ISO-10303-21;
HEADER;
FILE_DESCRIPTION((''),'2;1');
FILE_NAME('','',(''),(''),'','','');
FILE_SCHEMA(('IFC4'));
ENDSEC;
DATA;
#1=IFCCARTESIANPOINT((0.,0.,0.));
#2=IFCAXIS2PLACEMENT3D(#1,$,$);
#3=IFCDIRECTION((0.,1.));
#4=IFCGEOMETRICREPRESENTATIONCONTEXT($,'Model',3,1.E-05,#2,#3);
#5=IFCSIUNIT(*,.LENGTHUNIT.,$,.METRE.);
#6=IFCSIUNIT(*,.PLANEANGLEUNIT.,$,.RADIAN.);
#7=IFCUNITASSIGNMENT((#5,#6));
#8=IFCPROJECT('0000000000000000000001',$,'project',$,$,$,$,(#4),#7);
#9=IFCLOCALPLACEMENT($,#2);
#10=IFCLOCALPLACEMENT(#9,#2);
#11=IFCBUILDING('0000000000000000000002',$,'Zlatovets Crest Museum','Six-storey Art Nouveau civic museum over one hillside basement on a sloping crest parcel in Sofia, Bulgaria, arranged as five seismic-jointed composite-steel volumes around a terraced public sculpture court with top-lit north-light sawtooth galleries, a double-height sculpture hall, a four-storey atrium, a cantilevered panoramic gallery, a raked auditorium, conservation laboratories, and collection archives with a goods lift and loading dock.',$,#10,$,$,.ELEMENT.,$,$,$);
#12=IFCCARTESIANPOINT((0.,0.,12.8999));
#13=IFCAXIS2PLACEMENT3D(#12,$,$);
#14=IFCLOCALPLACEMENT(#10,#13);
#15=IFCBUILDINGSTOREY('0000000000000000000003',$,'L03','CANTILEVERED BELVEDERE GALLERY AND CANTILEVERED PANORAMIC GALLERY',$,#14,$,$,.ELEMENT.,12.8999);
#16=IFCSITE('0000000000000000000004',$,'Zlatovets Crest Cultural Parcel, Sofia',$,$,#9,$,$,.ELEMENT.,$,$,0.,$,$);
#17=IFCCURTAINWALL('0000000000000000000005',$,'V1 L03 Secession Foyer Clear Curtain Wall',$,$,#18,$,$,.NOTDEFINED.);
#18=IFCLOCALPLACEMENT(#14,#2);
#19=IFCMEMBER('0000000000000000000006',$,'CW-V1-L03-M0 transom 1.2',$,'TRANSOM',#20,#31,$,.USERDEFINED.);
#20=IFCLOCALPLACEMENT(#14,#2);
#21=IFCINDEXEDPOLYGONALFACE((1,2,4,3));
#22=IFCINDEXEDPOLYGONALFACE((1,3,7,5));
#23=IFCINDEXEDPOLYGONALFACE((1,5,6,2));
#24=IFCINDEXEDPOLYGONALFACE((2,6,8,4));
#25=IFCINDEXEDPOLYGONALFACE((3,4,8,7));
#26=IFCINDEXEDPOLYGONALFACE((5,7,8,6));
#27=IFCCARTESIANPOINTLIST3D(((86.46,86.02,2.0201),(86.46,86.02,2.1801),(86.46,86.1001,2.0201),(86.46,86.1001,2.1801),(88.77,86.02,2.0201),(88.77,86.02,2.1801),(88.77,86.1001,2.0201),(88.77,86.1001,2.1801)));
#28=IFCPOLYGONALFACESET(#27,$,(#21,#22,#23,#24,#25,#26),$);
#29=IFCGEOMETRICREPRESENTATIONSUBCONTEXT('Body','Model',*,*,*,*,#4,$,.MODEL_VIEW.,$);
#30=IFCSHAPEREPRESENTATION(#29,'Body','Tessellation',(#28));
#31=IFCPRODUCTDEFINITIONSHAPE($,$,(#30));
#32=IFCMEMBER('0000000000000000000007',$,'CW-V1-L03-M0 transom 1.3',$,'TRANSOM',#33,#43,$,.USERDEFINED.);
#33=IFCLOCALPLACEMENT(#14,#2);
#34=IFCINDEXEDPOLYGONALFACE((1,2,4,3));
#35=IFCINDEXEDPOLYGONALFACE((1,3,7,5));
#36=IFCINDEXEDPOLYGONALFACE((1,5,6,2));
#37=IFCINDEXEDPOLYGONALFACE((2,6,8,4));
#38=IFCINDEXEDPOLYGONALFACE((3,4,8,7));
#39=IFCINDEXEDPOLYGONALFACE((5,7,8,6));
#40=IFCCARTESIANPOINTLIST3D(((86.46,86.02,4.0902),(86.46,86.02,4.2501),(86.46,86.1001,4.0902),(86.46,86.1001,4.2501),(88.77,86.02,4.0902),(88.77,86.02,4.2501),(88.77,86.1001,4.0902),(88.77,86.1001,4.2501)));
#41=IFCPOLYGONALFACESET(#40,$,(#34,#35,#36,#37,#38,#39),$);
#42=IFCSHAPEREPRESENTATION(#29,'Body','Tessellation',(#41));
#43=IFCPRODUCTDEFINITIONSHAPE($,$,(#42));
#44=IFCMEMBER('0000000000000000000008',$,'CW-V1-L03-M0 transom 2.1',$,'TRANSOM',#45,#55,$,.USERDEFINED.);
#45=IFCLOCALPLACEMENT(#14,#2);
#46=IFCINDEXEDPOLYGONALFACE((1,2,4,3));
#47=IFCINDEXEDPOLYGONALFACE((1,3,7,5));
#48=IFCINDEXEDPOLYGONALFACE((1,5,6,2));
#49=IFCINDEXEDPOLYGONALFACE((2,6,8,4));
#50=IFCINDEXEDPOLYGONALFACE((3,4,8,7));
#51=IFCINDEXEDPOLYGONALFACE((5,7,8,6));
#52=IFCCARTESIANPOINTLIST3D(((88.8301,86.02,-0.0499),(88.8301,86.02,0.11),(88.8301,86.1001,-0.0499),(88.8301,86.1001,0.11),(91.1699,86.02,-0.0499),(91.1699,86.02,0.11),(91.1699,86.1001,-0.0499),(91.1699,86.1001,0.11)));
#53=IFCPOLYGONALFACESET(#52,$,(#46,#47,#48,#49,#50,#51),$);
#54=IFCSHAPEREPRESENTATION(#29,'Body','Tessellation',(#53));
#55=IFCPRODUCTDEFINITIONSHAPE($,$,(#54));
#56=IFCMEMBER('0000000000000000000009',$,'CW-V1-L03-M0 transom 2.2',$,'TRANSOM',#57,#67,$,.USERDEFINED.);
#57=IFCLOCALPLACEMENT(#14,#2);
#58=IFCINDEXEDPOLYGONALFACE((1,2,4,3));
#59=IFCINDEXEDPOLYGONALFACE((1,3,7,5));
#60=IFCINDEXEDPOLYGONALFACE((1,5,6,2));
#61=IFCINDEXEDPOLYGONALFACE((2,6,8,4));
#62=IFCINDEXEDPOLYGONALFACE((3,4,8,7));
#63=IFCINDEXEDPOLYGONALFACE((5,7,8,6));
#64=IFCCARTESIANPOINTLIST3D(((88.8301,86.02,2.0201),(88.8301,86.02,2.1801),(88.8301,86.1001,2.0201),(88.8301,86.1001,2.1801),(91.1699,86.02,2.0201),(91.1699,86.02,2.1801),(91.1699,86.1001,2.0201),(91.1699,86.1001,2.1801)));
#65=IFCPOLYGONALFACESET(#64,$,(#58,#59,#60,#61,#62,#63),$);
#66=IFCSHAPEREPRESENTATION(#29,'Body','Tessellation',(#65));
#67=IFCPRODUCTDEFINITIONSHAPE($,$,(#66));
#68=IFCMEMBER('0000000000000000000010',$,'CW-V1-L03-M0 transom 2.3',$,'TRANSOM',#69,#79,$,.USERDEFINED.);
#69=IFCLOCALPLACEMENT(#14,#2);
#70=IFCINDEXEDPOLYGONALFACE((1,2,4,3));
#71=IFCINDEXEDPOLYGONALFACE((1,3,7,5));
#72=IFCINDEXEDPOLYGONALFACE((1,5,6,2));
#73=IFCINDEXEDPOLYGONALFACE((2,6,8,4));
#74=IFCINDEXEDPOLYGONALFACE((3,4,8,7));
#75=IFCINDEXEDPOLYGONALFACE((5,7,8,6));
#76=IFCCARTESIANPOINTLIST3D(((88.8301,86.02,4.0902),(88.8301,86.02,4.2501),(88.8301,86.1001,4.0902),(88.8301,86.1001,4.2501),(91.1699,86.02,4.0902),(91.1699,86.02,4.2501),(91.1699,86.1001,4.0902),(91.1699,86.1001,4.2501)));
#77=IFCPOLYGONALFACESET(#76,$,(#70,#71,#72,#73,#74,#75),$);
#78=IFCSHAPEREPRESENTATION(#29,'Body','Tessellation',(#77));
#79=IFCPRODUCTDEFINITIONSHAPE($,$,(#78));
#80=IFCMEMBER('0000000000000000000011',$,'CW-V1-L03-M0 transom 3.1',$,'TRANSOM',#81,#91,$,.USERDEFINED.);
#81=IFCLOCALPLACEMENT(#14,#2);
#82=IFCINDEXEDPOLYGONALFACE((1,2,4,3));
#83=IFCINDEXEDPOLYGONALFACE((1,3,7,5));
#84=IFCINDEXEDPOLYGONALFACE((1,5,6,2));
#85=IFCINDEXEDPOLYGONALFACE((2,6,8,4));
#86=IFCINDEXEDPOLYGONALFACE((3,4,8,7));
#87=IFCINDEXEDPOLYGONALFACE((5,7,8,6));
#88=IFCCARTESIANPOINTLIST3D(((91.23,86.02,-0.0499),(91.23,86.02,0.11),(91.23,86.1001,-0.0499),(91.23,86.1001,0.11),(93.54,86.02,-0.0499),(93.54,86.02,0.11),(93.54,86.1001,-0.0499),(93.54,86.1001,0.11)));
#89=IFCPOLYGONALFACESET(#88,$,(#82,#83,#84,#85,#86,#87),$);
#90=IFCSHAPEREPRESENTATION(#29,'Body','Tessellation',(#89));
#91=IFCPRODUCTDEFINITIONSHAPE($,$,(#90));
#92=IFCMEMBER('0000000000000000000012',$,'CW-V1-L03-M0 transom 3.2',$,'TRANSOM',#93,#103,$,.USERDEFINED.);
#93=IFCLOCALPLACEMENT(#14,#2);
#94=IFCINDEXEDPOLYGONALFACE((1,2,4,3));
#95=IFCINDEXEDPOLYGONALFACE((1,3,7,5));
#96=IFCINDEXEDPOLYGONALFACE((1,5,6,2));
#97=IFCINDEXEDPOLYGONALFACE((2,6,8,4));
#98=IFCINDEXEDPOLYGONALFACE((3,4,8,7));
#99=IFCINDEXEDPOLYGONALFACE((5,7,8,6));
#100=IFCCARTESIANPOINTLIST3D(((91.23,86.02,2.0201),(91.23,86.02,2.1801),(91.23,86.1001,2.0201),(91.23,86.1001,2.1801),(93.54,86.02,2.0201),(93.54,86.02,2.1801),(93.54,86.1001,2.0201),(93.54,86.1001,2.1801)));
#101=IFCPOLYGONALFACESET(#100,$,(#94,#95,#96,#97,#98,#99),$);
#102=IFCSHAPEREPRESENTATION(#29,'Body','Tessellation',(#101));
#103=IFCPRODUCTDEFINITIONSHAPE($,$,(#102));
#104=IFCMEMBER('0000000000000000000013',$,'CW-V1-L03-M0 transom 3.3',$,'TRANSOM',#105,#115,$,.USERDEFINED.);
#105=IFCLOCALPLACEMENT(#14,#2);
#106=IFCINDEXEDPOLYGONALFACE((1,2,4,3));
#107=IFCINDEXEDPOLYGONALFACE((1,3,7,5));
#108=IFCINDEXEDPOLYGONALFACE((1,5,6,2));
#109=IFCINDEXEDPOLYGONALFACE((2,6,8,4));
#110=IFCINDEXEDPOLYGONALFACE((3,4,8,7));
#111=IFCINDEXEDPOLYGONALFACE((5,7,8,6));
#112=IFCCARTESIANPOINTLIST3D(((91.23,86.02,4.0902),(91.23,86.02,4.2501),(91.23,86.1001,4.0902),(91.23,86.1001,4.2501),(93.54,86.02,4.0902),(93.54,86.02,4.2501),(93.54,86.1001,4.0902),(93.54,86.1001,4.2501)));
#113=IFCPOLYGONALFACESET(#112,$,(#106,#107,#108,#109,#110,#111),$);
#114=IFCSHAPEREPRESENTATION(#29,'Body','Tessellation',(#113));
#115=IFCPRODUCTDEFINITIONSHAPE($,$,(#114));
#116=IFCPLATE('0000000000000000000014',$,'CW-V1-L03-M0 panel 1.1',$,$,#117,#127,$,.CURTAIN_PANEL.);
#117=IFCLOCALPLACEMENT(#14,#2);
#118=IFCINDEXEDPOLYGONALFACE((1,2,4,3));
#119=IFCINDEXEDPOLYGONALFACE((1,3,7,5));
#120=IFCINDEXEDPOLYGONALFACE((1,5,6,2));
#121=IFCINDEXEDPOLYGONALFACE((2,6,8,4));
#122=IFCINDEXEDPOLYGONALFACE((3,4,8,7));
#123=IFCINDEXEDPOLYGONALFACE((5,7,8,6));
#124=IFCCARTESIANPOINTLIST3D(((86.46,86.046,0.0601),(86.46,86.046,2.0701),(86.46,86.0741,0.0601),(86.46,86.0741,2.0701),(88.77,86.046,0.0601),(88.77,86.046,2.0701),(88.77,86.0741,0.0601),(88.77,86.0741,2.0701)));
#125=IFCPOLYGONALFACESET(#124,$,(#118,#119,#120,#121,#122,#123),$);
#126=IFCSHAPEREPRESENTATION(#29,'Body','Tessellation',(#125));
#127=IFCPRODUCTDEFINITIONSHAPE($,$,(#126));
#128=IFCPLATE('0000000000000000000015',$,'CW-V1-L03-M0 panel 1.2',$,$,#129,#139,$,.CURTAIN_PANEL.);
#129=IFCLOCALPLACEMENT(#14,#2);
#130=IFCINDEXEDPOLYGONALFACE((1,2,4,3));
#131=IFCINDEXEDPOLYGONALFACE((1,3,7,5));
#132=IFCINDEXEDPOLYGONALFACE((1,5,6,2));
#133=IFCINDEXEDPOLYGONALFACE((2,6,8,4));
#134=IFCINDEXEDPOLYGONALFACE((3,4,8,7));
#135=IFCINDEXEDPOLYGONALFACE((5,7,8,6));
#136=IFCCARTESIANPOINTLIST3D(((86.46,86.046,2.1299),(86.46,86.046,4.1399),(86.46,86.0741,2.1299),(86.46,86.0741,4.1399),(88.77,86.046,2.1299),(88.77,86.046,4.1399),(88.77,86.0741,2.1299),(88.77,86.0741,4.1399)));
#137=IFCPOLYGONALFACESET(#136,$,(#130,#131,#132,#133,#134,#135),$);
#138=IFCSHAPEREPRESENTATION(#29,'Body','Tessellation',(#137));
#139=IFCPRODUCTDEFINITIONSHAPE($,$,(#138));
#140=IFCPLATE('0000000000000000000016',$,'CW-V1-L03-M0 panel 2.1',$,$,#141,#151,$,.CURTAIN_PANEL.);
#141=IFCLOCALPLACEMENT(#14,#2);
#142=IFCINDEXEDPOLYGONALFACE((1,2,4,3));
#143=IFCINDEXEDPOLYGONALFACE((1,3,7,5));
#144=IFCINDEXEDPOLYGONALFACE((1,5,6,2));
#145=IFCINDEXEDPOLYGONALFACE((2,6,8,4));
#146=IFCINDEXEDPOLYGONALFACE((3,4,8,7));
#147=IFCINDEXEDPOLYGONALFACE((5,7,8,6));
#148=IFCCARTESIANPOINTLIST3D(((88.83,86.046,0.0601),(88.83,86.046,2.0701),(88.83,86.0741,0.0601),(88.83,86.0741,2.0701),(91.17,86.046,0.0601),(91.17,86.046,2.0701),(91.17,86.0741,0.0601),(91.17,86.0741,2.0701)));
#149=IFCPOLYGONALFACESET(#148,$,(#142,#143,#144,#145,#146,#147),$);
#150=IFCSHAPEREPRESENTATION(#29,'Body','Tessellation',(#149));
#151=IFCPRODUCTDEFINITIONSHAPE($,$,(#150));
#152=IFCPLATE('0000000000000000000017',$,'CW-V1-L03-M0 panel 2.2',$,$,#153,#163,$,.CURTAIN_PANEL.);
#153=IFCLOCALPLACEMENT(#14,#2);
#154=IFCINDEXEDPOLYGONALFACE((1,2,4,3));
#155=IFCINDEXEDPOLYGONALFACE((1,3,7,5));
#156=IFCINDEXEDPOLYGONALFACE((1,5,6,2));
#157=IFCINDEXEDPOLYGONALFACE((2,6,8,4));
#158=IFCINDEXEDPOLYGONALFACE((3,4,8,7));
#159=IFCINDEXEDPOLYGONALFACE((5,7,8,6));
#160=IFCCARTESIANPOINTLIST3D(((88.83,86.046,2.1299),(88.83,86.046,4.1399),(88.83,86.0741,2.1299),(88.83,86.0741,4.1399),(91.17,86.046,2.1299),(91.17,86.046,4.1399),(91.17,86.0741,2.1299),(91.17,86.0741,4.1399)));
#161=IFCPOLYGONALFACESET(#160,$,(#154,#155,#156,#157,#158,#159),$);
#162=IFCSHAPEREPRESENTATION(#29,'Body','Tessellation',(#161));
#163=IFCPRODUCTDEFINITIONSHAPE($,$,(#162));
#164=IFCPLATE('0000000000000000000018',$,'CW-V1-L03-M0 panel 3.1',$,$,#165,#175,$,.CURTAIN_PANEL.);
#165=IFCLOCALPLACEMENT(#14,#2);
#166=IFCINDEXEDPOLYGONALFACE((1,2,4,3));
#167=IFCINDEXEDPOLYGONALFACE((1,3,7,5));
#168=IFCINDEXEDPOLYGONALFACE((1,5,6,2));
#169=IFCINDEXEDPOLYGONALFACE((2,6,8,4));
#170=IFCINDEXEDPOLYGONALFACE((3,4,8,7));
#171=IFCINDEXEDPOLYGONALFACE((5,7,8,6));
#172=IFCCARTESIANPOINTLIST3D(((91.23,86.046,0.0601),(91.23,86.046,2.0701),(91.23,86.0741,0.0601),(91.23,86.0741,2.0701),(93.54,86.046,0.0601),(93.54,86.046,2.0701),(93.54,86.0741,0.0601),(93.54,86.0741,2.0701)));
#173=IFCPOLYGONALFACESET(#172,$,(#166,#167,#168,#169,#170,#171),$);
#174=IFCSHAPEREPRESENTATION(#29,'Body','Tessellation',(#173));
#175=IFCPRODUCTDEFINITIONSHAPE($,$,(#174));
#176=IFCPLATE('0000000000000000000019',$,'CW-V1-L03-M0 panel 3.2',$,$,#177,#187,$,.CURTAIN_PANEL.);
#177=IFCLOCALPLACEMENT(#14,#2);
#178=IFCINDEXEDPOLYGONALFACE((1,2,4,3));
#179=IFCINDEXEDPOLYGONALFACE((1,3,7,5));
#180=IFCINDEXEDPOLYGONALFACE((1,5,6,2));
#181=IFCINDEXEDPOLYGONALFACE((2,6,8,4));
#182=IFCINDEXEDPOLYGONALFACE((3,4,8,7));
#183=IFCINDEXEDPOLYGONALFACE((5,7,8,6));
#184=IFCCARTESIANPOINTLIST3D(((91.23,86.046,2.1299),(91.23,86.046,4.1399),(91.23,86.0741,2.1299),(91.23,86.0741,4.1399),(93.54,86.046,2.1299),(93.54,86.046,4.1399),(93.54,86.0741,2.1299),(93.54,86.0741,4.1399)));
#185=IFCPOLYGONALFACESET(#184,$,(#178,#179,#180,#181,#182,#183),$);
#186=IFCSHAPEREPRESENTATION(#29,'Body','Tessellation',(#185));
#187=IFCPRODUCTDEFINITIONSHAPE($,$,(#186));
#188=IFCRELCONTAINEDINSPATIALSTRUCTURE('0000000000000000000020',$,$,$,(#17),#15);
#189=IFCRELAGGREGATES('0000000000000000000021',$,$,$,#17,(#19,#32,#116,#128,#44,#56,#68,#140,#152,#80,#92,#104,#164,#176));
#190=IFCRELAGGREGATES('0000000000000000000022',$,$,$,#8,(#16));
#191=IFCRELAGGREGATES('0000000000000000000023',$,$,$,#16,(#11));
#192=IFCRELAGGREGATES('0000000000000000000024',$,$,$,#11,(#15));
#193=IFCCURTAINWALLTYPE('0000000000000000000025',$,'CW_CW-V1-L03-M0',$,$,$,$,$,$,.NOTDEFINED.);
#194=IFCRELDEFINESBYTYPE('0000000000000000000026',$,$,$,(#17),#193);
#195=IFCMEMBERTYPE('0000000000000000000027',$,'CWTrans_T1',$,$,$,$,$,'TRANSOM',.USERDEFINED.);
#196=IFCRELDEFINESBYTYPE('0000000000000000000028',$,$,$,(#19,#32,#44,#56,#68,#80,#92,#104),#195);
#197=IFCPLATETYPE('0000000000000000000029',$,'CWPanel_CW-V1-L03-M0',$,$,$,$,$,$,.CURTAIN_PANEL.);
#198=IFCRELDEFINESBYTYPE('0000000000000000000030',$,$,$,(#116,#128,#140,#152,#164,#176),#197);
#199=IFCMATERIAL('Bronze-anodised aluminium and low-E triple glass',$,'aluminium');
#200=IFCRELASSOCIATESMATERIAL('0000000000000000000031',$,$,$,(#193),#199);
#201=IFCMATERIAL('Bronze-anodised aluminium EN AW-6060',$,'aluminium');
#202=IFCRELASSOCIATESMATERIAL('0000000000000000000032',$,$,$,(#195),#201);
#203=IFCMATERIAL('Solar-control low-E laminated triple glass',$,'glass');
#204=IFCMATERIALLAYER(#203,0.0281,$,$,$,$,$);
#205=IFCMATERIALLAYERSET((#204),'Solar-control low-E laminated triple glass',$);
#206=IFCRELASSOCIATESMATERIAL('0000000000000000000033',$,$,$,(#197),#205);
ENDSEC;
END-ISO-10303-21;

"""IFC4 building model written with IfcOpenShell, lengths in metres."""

from ifc_helpers import new_model, si_unit, direction, frame, origin, origin_2d, place, context, subcontext, project, spatial, rectangle, extrude, material, layer, layer_set, material_profile, profile_set, type_object, element, aggregate, save


model = new_model("IFC4")

# Units and contexts
model_context = context("Model", 3, precision=1e-05, world=origin(), true_north=direction((0.0, 1.0)))
body_context = subcontext(model_context, "Body", "Model", "MODEL_VIEW")
ifc_project = project(units=[si_unit("LENGTHUNIT", "METRE"), si_unit("PLANEANGLEUNIT", "RADIAN")], contexts=[model_context])

# Site, building, storey
site_placement = place(None, origin())
site = spatial("IfcSite", under=ifc_project, at=site_placement, Name="Zlatovets Crest Cultural Parcel, Sofia", CompositionType="ELEMENT", RefElevation=0.0)
building_placement = place(site_placement, origin())
building = spatial("IfcBuilding", under=site, at=building_placement, Name="Zlatovets Crest Museum", Description="Six-storey Art Nouveau civic museum over one hillside basement on a sloping crest parcel in Sofia, Bulgaria, arranged as five seismic-jointed composite-steel volumes around a terraced public sculpture court with top-lit north-light sawtooth galleries, a double-height sculpture hall, a four-storey atrium, a cantilevered panoramic gallery, a raked auditorium, conservation laboratories, and collection archives with a goods lift and loading dock.", CompositionType="ELEMENT")
storey_placement = place(building_placement, frame((0.0, 0.0, 12.8999)))
storey = spatial("IfcBuildingStorey", under=building, at=storey_placement, Name="L03", Description="CANTILEVERED BELVEDERE GALLERY AND CANTILEVERED PANORAMIC GALLERY", CompositionType="ELEMENT", Elevation=12.8999)

# Curtain wall, members, plates
ifc_material_1 = material(Name="Bronze-anodised aluminium and low-E triple glass", Category="aluminium")
curtain_wall_type = type_object("IfcCurtainWallType", Name="CW_CW-V1-L03-M0", PredefinedType="NOTDEFINED", material=ifc_material_1)
curtain_wall_placement = place(storey_placement, origin())
curtain_wall = element("IfcCurtainWall", 1, at=curtain_wall_placement, inside=storey, type_object=curtain_wall_type, Name="V1 L03 Secession Foyer Clear Curtain Wall", PredefinedType="NOTDEFINED")
ifc_material_2 = material(Name="Bronze-anodised aluminium EN AW-6060", Category="aluminium")
ifc_material_profile_1 = material_profile(ifc_material_2, rectangle(XDim=0.0801, YDim=0.1599, at=origin_2d()), Name="ALU 80x160")
ifc_profile_set_1 = profile_set([ifc_material_profile_1], Name="Bronze-anodised aluminium EN AW-6060")
member_type_1 = type_object("IfcMemberType", Name="CWTrans_T1", ElementType="TRANSOM", PredefinedType="USERDEFINED", material=ifc_profile_set_1)
member_1_placement = place(storey_placement, frame((86.46, 86.0601, 2.1001), z_axis=(1.0, 0.0, 0.0), x_axis=(0.0, 1.0, 0.0)))
member_1 = element("IfcMember", 2, at=member_1_placement, type_object=member_type_1, Name="CW-V1-L03-M0 transom 1.2", ObjectType="TRANSOM", PredefinedType="USERDEFINED", context=body_context, shape_type="SweptSolid", body=[
    extrude(rectangle(XDim=0.0801, YDim=0.1599, at=origin_2d()), origin(), (0.0, 0.0, 1.0), 2.3101),
])
member_2_placement = place(storey_placement, frame((86.46, 86.0601, 4.1702), z_axis=(1.0, 0.0, 0.0), x_axis=(0.0, 1.0, 0.0)))
member_2 = element("IfcMember", 3, at=member_2_placement, type_object=member_type_1, Name="CW-V1-L03-M0 transom 1.3", ObjectType="TRANSOM", PredefinedType="USERDEFINED", context=body_context, shape_type="SweptSolid", body=[
    extrude(rectangle(XDim=0.0801, YDim=0.1599, at=origin_2d()), origin(), (0.0, 0.0, 1.0), 2.3101),
])
member_3_placement = place(storey_placement, frame((88.8301, 86.0601, 0.03), z_axis=(1.0, 0.0, 0.0), x_axis=(0.0, 1.0, 0.0)))
member_3 = element("IfcMember", 4, at=member_3_placement, type_object=member_type_1, Name="CW-V1-L03-M0 transom 2.1", ObjectType="TRANSOM", PredefinedType="USERDEFINED", context=body_context, shape_type="SweptSolid", body=[
    extrude(rectangle(XDim=0.0801, YDim=0.1599, at=origin_2d()), origin(), (0.0, 0.0, 1.0), 2.3398),
])
member_4_placement = place(storey_placement, frame((88.8301, 86.0601, 2.1001), z_axis=(1.0, 0.0, 0.0), x_axis=(0.0, 1.0, 0.0)))
member_4 = element("IfcMember", 5, at=member_4_placement, type_object=member_type_1, Name="CW-V1-L03-M0 transom 2.2", ObjectType="TRANSOM", PredefinedType="USERDEFINED", context=body_context, shape_type="SweptSolid", body=[
    extrude(rectangle(XDim=0.0801, YDim=0.1599, at=origin_2d()), origin(), (0.0, 0.0, 1.0), 2.3398),
])
member_5_placement = place(storey_placement, frame((88.8301, 86.0601, 4.1702), z_axis=(1.0, 0.0, 0.0), x_axis=(0.0, 1.0, 0.0)))
member_5 = element("IfcMember", 6, at=member_5_placement, type_object=member_type_1, Name="CW-V1-L03-M0 transom 2.3", ObjectType="TRANSOM", PredefinedType="USERDEFINED", context=body_context, shape_type="SweptSolid", body=[
    extrude(rectangle(XDim=0.0801, YDim=0.1599, at=origin_2d()), origin(), (0.0, 0.0, 1.0), 2.3398),
])
member_6_placement = place(storey_placement, frame((91.23, 86.0601, 0.03), z_axis=(1.0, 0.0, 0.0), x_axis=(0.0, 1.0, 0.0)))
member_6 = element("IfcMember", 7, at=member_6_placement, type_object=member_type_1, Name="CW-V1-L03-M0 transom 3.1", ObjectType="TRANSOM", PredefinedType="USERDEFINED", context=body_context, shape_type="SweptSolid", body=[
    extrude(rectangle(XDim=0.0801, YDim=0.1599, at=origin_2d()), origin(), (0.0, 0.0, 1.0), 2.3101),
])
member_7_placement = place(storey_placement, frame((91.23, 86.0601, 2.1001), z_axis=(1.0, 0.0, 0.0), x_axis=(0.0, 1.0, 0.0)))
member_7 = element("IfcMember", 8, at=member_7_placement, type_object=member_type_1, Name="CW-V1-L03-M0 transom 3.2", ObjectType="TRANSOM", PredefinedType="USERDEFINED", context=body_context, shape_type="SweptSolid", body=[
    extrude(rectangle(XDim=0.0801, YDim=0.1599, at=origin_2d()), origin(), (0.0, 0.0, 1.0), 2.3101),
])
member_8_placement = place(storey_placement, frame((91.23, 86.0601, 4.1702), z_axis=(1.0, 0.0, 0.0), x_axis=(0.0, 1.0, 0.0)))
member_8 = element("IfcMember", 9, at=member_8_placement, type_object=member_type_1, Name="CW-V1-L03-M0 transom 3.3", ObjectType="TRANSOM", PredefinedType="USERDEFINED", context=body_context, shape_type="SweptSolid", body=[
    extrude(rectangle(XDim=0.0801, YDim=0.1599, at=origin_2d()), origin(), (0.0, 0.0, 1.0), 2.3101),
])
ifc_material_3 = material(Name="Solar-control low-E laminated triple glass", Category="glass")
ifc_layer = layer(ifc_material_3, 0.0281)
ifc_layer_set = layer_set([ifc_layer], Name="Solar-control low-E laminated triple glass")
plate_type = type_object("IfcPlateType", Name="CWPanel_CW-V1-L03-M0", PredefinedType="CURTAIN_PANEL", material=ifc_layer_set)
plate_1_placement = place(storey_placement, frame((87.615, 86.0601, 0.0601), z_axis=(0.0, 0.0, 1.0), x_axis=(1.0, 0.0, 0.0)))
plate_1 = element("IfcPlate", 10, at=plate_1_placement, type_object=plate_type, Name="CW-V1-L03-M0 panel 1.1", PredefinedType="CURTAIN_PANEL", context=body_context, shape_type="SweptSolid", body=[
    extrude(rectangle(XDim=2.3101, YDim=0.0281, at=origin_2d()), origin(), (0.0, 0.0, 1.0), 2.01),
])
plate_2_placement = place(storey_placement, frame((87.615, 86.0601, 2.1299), z_axis=(0.0, 0.0, 1.0), x_axis=(1.0, 0.0, 0.0)))
plate_2 = element("IfcPlate", 11, at=plate_2_placement, type_object=plate_type, Name="CW-V1-L03-M0 panel 1.2", PredefinedType="CURTAIN_PANEL", context=body_context, shape_type="SweptSolid", body=[
    extrude(rectangle(XDim=2.3101, YDim=0.0281, at=origin_2d()), origin(), (0.0, 0.0, 1.0), 2.01),
])
plate_3_placement = place(storey_placement, frame((90.0, 86.0601, 0.0601), z_axis=(0.0, 0.0, 1.0), x_axis=(1.0, 0.0, 0.0)))
plate_3 = element("IfcPlate", 12, at=plate_3_placement, type_object=plate_type, Name="CW-V1-L03-M0 panel 2.1", PredefinedType="CURTAIN_PANEL", context=body_context, shape_type="SweptSolid", body=[
    extrude(rectangle(XDim=2.3401, YDim=0.0281, at=origin_2d()), origin(), (0.0, 0.0, 1.0), 2.01),
])
plate_4_placement = place(storey_placement, frame((90.0, 86.0601, 2.1299), z_axis=(0.0, 0.0, 1.0), x_axis=(1.0, 0.0, 0.0)))
plate_4 = element("IfcPlate", 13, at=plate_4_placement, type_object=plate_type, Name="CW-V1-L03-M0 panel 2.2", PredefinedType="CURTAIN_PANEL", context=body_context, shape_type="SweptSolid", body=[
    extrude(rectangle(XDim=2.3401, YDim=0.0281, at=origin_2d()), origin(), (0.0, 0.0, 1.0), 2.01),
])
plate_5_placement = place(storey_placement, frame((92.385, 86.0601, 0.0601), z_axis=(0.0, 0.0, 1.0), x_axis=(1.0, 0.0, 0.0)))
plate_5 = element("IfcPlate", 14, at=plate_5_placement, type_object=plate_type, Name="CW-V1-L03-M0 panel 3.1", PredefinedType="CURTAIN_PANEL", context=body_context, shape_type="SweptSolid", body=[
    extrude(rectangle(XDim=2.3101, YDim=0.0281, at=origin_2d()), origin(), (0.0, 0.0, 1.0), 2.01),
])
plate_6_placement = place(storey_placement, frame((92.385, 86.0601, 2.1299), z_axis=(0.0, 0.0, 1.0), x_axis=(1.0, 0.0, 0.0)))
plate_6 = element("IfcPlate", 15, at=plate_6_placement, type_object=plate_type, Name="CW-V1-L03-M0 panel 3.2", PredefinedType="CURTAIN_PANEL", context=body_context, shape_type="SweptSolid", body=[
    extrude(rectangle(XDim=2.3101, YDim=0.0281, at=origin_2d()), origin(), (0.0, 0.0, 1.0), 2.01),
])
aggregate(curtain_wall, [member_1, member_2, plate_1, plate_2, member_3, member_4, member_5, plate_3, plate_4, member_6, member_7, member_8, plate_5, plate_6])

save(model, "model.ifc")
